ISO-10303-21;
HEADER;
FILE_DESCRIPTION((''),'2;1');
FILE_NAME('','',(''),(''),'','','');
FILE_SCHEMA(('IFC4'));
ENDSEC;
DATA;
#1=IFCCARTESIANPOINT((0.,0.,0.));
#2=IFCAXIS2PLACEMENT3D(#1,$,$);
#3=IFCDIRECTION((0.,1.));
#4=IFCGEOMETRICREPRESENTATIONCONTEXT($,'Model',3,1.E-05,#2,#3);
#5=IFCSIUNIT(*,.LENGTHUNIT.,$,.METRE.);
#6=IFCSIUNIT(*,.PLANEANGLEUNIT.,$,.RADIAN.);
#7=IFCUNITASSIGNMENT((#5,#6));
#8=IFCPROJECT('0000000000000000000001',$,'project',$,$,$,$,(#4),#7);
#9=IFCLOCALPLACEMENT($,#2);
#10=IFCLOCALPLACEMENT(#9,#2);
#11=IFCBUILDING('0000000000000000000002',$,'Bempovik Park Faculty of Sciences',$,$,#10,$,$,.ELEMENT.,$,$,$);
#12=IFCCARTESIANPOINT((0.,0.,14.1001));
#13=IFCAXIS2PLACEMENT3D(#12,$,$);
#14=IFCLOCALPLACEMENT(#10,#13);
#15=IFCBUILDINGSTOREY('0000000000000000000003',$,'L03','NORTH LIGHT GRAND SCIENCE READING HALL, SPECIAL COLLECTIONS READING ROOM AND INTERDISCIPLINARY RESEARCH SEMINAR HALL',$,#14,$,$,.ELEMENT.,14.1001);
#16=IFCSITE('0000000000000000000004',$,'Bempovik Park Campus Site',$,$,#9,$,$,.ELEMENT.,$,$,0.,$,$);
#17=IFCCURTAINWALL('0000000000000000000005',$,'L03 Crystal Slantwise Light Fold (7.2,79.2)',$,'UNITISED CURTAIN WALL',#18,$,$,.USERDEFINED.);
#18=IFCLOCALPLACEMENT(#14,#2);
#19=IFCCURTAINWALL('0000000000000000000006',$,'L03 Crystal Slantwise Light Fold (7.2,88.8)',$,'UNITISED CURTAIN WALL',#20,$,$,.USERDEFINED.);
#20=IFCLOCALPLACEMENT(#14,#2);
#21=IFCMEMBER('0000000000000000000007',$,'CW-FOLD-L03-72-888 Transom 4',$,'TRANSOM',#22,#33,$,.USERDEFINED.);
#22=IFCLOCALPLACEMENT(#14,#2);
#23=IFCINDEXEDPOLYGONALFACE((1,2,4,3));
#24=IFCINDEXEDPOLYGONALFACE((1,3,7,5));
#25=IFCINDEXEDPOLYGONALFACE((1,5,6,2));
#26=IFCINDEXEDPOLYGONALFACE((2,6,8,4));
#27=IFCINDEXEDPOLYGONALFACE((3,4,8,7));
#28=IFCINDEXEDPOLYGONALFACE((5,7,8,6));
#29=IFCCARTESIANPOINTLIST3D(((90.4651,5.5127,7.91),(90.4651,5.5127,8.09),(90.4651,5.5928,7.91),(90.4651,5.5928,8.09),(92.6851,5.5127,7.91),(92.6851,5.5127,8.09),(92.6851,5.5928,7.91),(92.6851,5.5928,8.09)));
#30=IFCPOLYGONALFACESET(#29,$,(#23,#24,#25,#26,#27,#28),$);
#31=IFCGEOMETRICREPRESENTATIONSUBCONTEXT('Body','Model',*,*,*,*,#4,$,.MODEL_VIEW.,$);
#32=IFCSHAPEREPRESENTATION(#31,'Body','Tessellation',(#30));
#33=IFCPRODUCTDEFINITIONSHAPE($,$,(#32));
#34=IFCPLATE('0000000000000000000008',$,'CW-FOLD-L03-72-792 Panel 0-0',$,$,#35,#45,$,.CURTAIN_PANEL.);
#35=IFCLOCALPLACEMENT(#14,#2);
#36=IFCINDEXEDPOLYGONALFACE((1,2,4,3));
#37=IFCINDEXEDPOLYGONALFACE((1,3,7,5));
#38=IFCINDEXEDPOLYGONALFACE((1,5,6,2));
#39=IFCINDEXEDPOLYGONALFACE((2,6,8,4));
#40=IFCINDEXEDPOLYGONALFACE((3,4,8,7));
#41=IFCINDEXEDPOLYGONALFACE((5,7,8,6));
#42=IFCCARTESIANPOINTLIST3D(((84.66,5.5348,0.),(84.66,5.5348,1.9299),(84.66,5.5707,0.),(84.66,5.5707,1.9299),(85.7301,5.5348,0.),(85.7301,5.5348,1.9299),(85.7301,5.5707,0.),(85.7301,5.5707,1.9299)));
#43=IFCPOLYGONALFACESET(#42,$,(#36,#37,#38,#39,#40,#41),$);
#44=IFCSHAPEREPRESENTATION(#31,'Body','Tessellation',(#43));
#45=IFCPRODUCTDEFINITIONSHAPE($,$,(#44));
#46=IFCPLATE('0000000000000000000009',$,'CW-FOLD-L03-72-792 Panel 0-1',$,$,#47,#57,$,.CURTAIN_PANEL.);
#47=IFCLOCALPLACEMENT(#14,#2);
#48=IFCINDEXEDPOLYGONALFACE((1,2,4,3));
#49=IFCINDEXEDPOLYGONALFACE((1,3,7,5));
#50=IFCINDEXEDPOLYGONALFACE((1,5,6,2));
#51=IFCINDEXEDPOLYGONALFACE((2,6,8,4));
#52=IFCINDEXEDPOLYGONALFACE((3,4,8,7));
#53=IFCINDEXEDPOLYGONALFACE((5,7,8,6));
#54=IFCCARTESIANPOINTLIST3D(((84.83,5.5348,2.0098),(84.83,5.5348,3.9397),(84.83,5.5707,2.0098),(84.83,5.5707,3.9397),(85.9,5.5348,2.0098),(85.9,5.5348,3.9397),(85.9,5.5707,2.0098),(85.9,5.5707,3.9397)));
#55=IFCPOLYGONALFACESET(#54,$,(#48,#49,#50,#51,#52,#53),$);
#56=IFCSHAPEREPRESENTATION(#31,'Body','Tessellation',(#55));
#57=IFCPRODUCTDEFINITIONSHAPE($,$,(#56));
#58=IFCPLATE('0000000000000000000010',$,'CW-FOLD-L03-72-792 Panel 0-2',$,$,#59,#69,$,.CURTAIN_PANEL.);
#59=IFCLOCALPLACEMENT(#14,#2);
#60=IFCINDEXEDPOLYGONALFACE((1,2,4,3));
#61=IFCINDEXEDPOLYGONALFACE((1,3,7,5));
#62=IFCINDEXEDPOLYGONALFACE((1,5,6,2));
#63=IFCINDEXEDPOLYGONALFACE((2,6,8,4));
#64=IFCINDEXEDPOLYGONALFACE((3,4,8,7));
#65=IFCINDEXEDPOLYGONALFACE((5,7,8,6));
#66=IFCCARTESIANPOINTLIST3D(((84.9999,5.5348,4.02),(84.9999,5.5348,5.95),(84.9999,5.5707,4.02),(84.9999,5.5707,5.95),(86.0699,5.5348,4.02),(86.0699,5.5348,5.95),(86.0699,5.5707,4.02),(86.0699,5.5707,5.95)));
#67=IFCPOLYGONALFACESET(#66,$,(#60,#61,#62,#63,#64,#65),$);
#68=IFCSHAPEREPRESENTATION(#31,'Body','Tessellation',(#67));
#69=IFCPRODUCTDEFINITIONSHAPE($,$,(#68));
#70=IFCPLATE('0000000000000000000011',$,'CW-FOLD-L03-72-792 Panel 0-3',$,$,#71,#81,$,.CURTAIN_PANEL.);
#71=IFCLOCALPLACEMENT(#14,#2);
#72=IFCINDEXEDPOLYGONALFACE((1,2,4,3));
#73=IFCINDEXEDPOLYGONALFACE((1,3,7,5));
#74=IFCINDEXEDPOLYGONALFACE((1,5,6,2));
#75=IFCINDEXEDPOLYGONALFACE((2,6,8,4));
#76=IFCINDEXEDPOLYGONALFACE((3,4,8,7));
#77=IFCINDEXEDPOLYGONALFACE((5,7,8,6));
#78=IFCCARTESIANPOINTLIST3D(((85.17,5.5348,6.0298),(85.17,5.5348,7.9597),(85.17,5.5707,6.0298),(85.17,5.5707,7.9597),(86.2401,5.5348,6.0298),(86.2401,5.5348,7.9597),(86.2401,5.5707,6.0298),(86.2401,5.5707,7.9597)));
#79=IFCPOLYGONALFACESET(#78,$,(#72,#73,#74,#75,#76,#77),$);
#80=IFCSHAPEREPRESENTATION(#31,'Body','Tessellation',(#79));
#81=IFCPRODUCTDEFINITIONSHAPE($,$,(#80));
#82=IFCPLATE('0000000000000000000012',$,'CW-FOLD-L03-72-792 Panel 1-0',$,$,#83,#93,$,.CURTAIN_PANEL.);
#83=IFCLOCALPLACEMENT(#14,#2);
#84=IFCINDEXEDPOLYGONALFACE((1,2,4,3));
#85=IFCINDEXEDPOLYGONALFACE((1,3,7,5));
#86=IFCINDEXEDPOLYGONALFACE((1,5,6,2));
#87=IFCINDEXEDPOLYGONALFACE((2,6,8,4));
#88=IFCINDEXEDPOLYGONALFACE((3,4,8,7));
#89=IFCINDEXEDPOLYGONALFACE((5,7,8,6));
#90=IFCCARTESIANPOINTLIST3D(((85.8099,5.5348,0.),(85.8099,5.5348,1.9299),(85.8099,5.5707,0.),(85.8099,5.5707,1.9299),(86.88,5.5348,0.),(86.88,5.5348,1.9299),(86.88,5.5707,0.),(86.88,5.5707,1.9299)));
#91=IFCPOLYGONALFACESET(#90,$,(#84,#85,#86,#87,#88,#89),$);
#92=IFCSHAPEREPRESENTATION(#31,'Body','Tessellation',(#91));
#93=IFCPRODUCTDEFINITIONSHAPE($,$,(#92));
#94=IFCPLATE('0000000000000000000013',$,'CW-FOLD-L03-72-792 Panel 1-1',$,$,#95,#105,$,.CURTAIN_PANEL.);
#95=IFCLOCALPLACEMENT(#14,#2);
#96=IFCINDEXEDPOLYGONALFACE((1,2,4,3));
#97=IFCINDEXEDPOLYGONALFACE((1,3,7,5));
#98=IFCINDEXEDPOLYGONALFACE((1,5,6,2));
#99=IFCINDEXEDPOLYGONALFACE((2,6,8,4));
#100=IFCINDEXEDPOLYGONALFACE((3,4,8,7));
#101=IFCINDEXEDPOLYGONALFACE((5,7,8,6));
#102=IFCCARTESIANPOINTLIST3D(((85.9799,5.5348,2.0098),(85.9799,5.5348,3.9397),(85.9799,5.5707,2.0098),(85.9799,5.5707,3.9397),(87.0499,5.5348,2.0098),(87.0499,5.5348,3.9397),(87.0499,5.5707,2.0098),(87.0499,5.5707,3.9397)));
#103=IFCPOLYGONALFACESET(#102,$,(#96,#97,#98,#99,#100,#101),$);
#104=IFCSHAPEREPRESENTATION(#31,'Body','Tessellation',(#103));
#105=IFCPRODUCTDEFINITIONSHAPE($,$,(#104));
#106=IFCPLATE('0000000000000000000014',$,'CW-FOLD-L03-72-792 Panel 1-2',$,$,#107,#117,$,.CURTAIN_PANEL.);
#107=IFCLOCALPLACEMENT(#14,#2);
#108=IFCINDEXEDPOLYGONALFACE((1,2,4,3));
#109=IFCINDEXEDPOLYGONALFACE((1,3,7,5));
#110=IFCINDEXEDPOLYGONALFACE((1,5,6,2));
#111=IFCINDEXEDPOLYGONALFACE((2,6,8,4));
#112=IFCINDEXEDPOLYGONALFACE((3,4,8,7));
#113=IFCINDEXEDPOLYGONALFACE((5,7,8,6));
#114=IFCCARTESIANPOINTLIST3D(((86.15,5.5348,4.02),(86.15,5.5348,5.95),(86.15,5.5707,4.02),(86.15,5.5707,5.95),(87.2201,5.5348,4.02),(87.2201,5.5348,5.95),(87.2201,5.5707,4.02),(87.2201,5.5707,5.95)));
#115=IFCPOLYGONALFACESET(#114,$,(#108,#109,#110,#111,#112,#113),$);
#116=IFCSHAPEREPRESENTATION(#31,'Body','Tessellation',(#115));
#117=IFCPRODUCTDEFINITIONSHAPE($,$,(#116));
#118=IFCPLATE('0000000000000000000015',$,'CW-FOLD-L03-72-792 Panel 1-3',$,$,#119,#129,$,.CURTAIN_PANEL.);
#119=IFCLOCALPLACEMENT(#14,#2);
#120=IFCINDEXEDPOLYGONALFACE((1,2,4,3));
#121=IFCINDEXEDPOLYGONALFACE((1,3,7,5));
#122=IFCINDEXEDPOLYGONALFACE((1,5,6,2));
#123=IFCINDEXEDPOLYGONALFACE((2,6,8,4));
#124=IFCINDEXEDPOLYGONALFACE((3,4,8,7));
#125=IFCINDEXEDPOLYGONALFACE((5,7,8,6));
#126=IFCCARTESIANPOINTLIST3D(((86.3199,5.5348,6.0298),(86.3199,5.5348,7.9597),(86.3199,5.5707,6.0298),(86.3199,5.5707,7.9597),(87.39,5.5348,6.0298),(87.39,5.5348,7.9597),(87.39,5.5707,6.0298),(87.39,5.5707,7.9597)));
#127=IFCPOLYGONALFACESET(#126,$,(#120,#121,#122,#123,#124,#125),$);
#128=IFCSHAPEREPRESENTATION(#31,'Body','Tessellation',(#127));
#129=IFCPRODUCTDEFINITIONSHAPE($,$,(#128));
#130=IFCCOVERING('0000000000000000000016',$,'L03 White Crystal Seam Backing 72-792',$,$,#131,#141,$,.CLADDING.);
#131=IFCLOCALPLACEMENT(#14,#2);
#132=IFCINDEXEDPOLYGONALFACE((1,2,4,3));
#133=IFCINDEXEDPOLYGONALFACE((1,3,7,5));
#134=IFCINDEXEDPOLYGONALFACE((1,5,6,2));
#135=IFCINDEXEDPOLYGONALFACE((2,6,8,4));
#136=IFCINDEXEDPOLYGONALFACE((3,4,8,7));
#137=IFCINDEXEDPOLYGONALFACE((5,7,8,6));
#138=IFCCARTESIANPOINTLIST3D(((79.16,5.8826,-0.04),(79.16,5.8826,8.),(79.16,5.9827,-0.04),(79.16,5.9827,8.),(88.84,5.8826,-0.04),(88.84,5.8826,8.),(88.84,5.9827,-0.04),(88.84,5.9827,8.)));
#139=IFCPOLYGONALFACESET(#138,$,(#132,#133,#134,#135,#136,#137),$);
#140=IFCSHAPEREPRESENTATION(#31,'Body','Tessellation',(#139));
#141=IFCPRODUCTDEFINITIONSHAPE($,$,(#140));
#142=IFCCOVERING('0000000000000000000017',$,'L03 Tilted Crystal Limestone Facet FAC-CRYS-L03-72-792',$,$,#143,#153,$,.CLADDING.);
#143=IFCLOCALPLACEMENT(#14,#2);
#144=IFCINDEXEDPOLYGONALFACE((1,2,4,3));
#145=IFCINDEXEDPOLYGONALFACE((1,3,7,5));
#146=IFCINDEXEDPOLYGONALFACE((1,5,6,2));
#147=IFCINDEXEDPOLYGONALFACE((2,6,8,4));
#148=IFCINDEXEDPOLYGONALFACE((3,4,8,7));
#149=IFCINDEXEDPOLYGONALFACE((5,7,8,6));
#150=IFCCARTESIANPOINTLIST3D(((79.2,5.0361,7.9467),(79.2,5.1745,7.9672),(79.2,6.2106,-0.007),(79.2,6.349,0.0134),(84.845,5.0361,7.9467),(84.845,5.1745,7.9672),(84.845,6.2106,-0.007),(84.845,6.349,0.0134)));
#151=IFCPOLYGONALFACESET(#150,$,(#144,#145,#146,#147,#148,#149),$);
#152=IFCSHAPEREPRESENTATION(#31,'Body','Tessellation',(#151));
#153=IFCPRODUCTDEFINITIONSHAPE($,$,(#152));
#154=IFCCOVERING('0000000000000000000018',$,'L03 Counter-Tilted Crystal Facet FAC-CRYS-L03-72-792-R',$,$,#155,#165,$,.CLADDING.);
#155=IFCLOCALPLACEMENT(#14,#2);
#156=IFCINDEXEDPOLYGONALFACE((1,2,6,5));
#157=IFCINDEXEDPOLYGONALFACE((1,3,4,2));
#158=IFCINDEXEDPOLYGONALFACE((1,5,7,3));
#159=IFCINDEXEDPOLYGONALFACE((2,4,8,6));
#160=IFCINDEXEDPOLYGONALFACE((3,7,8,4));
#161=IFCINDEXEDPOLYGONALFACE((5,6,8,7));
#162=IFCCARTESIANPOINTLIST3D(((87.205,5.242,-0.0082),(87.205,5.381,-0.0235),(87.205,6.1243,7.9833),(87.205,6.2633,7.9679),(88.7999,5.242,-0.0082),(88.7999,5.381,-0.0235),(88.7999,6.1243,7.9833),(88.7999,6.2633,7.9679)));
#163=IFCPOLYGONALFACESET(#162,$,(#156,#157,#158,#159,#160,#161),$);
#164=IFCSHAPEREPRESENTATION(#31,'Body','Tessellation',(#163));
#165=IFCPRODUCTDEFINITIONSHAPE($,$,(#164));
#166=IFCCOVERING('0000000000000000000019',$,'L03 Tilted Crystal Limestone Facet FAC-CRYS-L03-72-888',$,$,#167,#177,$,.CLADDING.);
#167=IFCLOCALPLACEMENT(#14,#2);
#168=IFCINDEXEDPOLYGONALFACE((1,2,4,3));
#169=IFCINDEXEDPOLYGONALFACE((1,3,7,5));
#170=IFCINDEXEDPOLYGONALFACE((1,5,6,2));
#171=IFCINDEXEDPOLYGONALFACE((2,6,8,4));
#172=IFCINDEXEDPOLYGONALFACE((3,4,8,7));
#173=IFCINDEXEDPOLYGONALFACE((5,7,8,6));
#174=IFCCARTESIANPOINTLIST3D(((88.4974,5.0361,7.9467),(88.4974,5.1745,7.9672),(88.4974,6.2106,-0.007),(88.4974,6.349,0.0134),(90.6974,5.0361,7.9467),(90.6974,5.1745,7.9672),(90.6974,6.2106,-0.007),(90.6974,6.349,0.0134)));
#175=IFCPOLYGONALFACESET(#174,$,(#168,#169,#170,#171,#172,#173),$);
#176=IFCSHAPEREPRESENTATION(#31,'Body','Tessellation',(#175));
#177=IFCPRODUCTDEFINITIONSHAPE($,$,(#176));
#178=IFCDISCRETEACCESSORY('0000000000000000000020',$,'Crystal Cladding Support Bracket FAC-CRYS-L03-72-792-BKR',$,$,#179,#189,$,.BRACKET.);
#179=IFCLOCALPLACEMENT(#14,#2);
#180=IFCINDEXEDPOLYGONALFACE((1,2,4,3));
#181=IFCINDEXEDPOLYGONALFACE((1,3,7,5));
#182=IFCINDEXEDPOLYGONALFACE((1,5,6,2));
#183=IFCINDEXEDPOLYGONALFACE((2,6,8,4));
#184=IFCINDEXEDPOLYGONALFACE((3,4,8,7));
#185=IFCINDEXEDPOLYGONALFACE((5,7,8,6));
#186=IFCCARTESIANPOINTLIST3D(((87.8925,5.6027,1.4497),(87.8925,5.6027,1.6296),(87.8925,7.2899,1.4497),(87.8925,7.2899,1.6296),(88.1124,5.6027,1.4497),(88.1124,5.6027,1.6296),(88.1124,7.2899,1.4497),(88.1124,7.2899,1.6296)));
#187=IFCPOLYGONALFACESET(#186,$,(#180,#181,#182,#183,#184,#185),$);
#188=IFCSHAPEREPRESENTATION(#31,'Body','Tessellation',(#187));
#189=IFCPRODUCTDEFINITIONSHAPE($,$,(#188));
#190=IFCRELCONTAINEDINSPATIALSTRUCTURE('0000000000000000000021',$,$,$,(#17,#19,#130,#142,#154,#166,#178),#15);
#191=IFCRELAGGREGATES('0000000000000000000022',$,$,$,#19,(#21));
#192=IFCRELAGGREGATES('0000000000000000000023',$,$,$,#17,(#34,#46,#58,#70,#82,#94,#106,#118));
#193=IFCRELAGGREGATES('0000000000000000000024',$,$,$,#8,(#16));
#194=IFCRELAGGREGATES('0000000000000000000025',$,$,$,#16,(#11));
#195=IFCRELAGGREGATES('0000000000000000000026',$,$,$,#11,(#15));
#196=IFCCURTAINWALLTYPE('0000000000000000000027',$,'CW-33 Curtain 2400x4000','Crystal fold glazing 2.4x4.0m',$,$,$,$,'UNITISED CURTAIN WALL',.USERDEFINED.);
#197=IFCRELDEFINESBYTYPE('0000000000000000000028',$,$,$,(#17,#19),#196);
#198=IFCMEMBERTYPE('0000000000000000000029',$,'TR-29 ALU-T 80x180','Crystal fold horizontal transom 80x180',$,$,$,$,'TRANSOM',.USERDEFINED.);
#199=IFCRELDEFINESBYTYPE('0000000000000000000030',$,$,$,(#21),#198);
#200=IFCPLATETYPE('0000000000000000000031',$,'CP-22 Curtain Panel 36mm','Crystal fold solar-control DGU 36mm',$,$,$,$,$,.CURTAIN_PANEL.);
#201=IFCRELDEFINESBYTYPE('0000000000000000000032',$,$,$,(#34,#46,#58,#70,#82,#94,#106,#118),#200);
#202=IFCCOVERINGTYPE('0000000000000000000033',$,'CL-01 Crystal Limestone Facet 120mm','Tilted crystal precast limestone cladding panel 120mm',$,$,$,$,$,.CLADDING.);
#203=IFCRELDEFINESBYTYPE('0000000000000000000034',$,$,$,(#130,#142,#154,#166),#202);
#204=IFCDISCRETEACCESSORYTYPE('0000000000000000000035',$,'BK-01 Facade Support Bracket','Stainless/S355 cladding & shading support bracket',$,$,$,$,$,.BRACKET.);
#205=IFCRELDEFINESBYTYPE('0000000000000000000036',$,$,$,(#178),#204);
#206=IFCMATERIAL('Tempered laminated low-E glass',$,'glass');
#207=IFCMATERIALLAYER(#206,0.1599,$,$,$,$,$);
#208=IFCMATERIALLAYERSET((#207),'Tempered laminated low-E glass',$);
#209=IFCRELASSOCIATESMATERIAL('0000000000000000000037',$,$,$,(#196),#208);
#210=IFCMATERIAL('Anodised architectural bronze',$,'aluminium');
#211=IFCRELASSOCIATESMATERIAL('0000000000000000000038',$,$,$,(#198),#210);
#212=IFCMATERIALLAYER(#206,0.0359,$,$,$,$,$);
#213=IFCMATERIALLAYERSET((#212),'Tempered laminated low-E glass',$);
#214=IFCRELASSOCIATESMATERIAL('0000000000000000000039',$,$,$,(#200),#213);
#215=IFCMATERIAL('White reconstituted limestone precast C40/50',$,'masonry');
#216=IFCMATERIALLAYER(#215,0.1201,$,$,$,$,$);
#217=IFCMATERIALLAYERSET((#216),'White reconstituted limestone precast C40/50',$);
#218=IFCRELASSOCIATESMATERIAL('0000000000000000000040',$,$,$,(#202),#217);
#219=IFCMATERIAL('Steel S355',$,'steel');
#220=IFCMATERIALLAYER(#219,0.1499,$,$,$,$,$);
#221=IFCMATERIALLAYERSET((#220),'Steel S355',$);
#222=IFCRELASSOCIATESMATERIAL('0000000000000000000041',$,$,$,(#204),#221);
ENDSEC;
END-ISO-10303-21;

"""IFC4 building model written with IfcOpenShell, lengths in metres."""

from ifc_helpers import new_model, si_unit, direction, frame, origin, origin_2d, place, context, subcontext, project, spatial, rectangle, extrude, material, layer, layer_set, material_profile, profile_set, type_object, element, aggregate, save


model = new_model("IFC4")

# Units and contexts
model_context = context("Model", 3, precision=1e-05, world=origin(), true_north=direction((0.0, 1.0)))
body_context = subcontext(model_context, "Body", "Model", "MODEL_VIEW")
ifc_project = project(units=[si_unit("LENGTHUNIT", "METRE"), si_unit("PLANEANGLEUNIT", "RADIAN")], contexts=[model_context])

# Site, building, storey
site_placement = place(None, origin())
site = spatial("IfcSite", under=ifc_project, at=site_placement, Name="Bempovik Park Campus Site", CompositionType="ELEMENT", RefElevation=0.0)
building_placement = place(site_placement, origin())
building = spatial("IfcBuilding", under=site, at=building_placement, Name="Bempovik Park Faculty of Sciences", CompositionType="ELEMENT")
storey_placement = place(building_placement, frame((0.0, 0.0, 14.1001)))
storey = spatial("IfcBuildingStorey", under=building, at=storey_placement, Name="L03", Description="NORTH LIGHT GRAND SCIENCE READING HALL, SPECIAL COLLECTIONS READING ROOM AND INTERDISCIPLINARY RESEARCH SEMINAR HALL", CompositionType="ELEMENT", Elevation=14.1001)

# Shared definitions
ifc_material_1 = material(Name="Steel S355", Category="steel")

# Curtain wall
ifc_material_2 = material(Name="Tempered laminated low-E glass", Category="glass")
ifc_layer_1 = layer(ifc_material_2, 0.1599)
ifc_layer_set_1 = layer_set([ifc_layer_1], Name="Tempered laminated low-E glass")
curtain_wall_type = type_object("IfcCurtainWallType", Name="CW-33 Curtain 2400x4000", Description="Crystal fold glazing 2.4x4.0m", ElementType="UNITISED CURTAIN WALL", PredefinedType="USERDEFINED", material=ifc_layer_set_1)
curtain_wall_1_placement = place(storey_placement, origin())
curtain_wall_1 = element("IfcCurtainWall", 1, at=curtain_wall_1_placement, inside=storey, type_object=curtain_wall_type, Name="L03 Crystal Slantwise Light Fold (7.2,79.2)", ObjectType="UNITISED CURTAIN WALL", PredefinedType="USERDEFINED")
ifc_material_3 = material(Name="Anodised architectural bronze", Category="aluminium")

# Curtain wall
curtain_wall_2_placement = place(storey_placement, origin())
curtain_wall_2 = element("IfcCurtainWall", 2, at=curtain_wall_2_placement, inside=storey, type_object=curtain_wall_type, Name="L03 Crystal Slantwise Light Fold (7.2,88.8)", ObjectType="UNITISED CURTAIN WALL", PredefinedType="USERDEFINED")

# Member
ifc_material_profile_1 = material_profile(ifc_material_3, rectangle(XDim=0.0801, YDim=0.1799, at=origin_2d()), Name="ALU-T 80x180")
ifc_profile_set_1 = profile_set([ifc_material_profile_1], Name="Anodised architectural bronze")
member_type_1 = type_object("IfcMemberType", Name="TR-29 ALU-T 80x180", Description="Crystal fold horizontal transom 80x180", ElementType="TRANSOM", PredefinedType="USERDEFINED", material=ifc_profile_set_1)
member_1_placement = place(storey_placement, frame((90.4651, 5.5527, 8.0), z_axis=(1.0, 0.0, 0.0), x_axis=(0.0, 1.0, 0.0)))
member_1 = element("IfcMember", 3, at=member_1_placement, type_object=member_type_1, Name="CW-FOLD-L03-72-888 Transom 4", ObjectType="TRANSOM", PredefinedType="USERDEFINED", context=body_context, shape_type="SweptSolid", body=[
    extrude(rectangle(XDim=0.0801, YDim=0.1799, at=origin_2d()), origin(), (0.0, 0.0, 1.0), 2.22),
])
aggregate(curtain_wall_2, [member_1])

# Plates
ifc_layer_2 = layer(ifc_material_2, 0.0359)
ifc_layer_set_2 = layer_set([ifc_layer_2], Name="Tempered laminated low-E glass")
plate_type = type_object("IfcPlateType", Name="CP-22 Curtain Panel 36mm", Description="Crystal fold solar-control DGU 36mm", PredefinedType="CURTAIN_PANEL", material=ifc_layer_set_2)
plate_1_placement = place(storey_placement, frame((85.1951, 5.5527, 0.0), z_axis=(0.0, 0.0, 1.0), x_axis=(1.0, 0.0, 0.0)))
plate_1 = element("IfcPlate", 4, at=plate_1_placement, type_object=plate_type, Name="CW-FOLD-L03-72-792 Panel 0-0", PredefinedType="CURTAIN_PANEL", context=body_context, shape_type="SweptSolid", body=[
    extrude(rectangle(XDim=1.0701, YDim=0.0359, at=origin_2d()), origin(), (0.0, 0.0, 1.0), 1.9299),
])
plate_2_placement = place(storey_placement, frame((85.365, 5.5527, 2.0098), z_axis=(0.0, 0.0, 1.0), x_axis=(1.0, 0.0, 0.0)))
plate_2 = element("IfcPlate", 5, at=plate_2_placement, type_object=plate_type, Name="CW-FOLD-L03-72-792 Panel 0-1", PredefinedType="CURTAIN_PANEL", context=body_context, shape_type="SweptSolid", body=[
    extrude(rectangle(XDim=1.0701, YDim=0.0359, at=origin_2d()), origin(), (0.0, 0.0, 1.0), 1.9299),
])
plate_3_placement = place(storey_placement, frame((85.5349, 5.5527, 4.02), z_axis=(0.0, 0.0, 1.0), x_axis=(1.0, 0.0, 0.0)))
plate_3 = element("IfcPlate", 6, at=plate_3_placement, type_object=plate_type, Name="CW-FOLD-L03-72-792 Panel 0-2", PredefinedType="CURTAIN_PANEL", context=body_context, shape_type="SweptSolid", body=[
    extrude(rectangle(XDim=1.0701, YDim=0.0359, at=origin_2d()), origin(), (0.0, 0.0, 1.0), 1.9299),
])
plate_4_placement = place(storey_placement, frame((85.7051, 5.5527, 6.0298), z_axis=(0.0, 0.0, 1.0), x_axis=(1.0, 0.0, 0.0)))
plate_4 = element("IfcPlate", 7, at=plate_4_placement, type_object=plate_type, Name="CW-FOLD-L03-72-792 Panel 0-3", PredefinedType="CURTAIN_PANEL", context=body_context, shape_type="SweptSolid", body=[
    extrude(rectangle(XDim=1.0701, YDim=0.0359, at=origin_2d()), origin(), (0.0, 0.0, 1.0), 1.9299),
])
plate_5_placement = place(storey_placement, frame((86.345, 5.5527, 0.0), z_axis=(0.0, 0.0, 1.0), x_axis=(1.0, 0.0, 0.0)))
plate_5 = element("IfcPlate", 8, at=plate_5_placement, type_object=plate_type, Name="CW-FOLD-L03-72-792 Panel 1-0", PredefinedType="CURTAIN_PANEL", context=body_context, shape_type="SweptSolid", body=[
    extrude(rectangle(XDim=1.0701, YDim=0.0359, at=origin_2d()), origin(), (0.0, 0.0, 1.0), 1.9299),
])
plate_6_placement = place(storey_placement, frame((86.5149, 5.5527, 2.0098), z_axis=(0.0, 0.0, 1.0), x_axis=(1.0, 0.0, 0.0)))
plate_6 = element("IfcPlate", 9, at=plate_6_placement, type_object=plate_type, Name="CW-FOLD-L03-72-792 Panel 1-1", PredefinedType="CURTAIN_PANEL", context=body_context, shape_type="SweptSolid", body=[
    extrude(rectangle(XDim=1.0701, YDim=0.0359, at=origin_2d()), origin(), (0.0, 0.0, 1.0), 1.9299),
])
plate_7_placement = place(storey_placement, frame((86.6851, 5.5527, 4.02), z_axis=(0.0, 0.0, 1.0), x_axis=(1.0, 0.0, 0.0)))
plate_7 = element("IfcPlate", 10, at=plate_7_placement, type_object=plate_type, Name="CW-FOLD-L03-72-792 Panel 1-2", PredefinedType="CURTAIN_PANEL", context=body_context, shape_type="SweptSolid", body=[
    extrude(rectangle(XDim=1.0701, YDim=0.0359, at=origin_2d()), origin(), (0.0, 0.0, 1.0), 1.9299),
])
plate_8_placement = place(storey_placement, frame((86.855, 5.5527, 6.0298), z_axis=(0.0, 0.0, 1.0), x_axis=(1.0, 0.0, 0.0)))
plate_8 = element("IfcPlate", 11, at=plate_8_placement, type_object=plate_type, Name="CW-FOLD-L03-72-792 Panel 1-3", PredefinedType="CURTAIN_PANEL", context=body_context, shape_type="SweptSolid", body=[
    extrude(rectangle(XDim=1.0701, YDim=0.0359, at=origin_2d()), origin(), (0.0, 0.0, 1.0), 1.9299),
])
aggregate(curtain_wall_1, [plate_1, plate_2, plate_3, plate_4, plate_5, plate_6, plate_7, plate_8])

# Coverings
ifc_material_4 = material(Name="White reconstituted limestone precast C40/50", Category="masonry")
ifc_layer_3 = layer(ifc_material_4, 0.1201)
ifc_layer_set_3 = layer_set([ifc_layer_3], Name="White reconstituted limestone precast C40/50")
covering_type = type_object("IfcCoveringType", Name="CL-01 Crystal Limestone Facet 120mm", Description="Tilted crystal precast limestone cladding panel 120mm", PredefinedType="CLADDING", material=ifc_layer_set_3)
covering_1_placement = place(storey_placement, frame((84.0, 5.9326, -0.04), z_axis=(0.0, 0.0, 1.0), x_axis=(1.0, 0.0, 0.0)))
element("IfcCovering", 12, at=covering_1_placement, inside=storey, type_object=covering_type, Name="L03 White Crystal Seam Backing 72-792", PredefinedType="CLADDING", context=body_context, shape_type="SweptSolid", body=[
    extrude(rectangle(XDim=9.6799, YDim=0.1001, at=origin_2d()), origin(), (0.0, 0.0, 1.0), 8.04),
])
covering_2_placement = place(storey_placement, frame((82.0225, 6.2798, 0.0032), z_axis=(0.0, -0.146083, 0.989272), x_axis=(1.0, 0.0, 0.0)))
element("IfcCovering", 13, at=covering_2_placement, inside=storey, type_object=covering_type, Name="L03 Tilted Crystal Limestone Facet FAC-CRYS-L03-72-792", PredefinedType="CLADDING", context=body_context, shape_type="SweptSolid", body=[
    extrude(rectangle(XDim=5.645, YDim=0.1399, at=origin_2d()), origin(), (0.0, 0.0, 1.0), 8.04),
])
covering_3_placement = place(storey_placement, frame((88.0024, 5.3115, -0.0159), z_axis=(0.0, 0.109734, 0.993961), x_axis=(1.0, 0.0, 0.0)))
element("IfcCovering", 14, at=covering_3_placement, inside=storey, type_object=covering_type, Name="L03 Counter-Tilted Crystal Facet FAC-CRYS-L03-72-792-R", PredefinedType="CLADDING", context=body_context, shape_type="SweptSolid", body=[
    extrude(rectangle(XDim=1.595, YDim=0.1399, at=origin_2d()), origin(), (0.0, 0.0, 1.0), 8.04),
])
covering_4_placement = place(storey_placement, frame((89.5974, 6.2798, 0.0032), z_axis=(0.0, -0.146083, 0.989272), x_axis=(1.0, 0.0, 0.0)))
element("IfcCovering", 15, at=covering_4_placement, inside=storey, type_object=covering_type, Name="L03 Tilted Crystal Limestone Facet FAC-CRYS-L03-72-888", PredefinedType="CLADDING", context=body_context, shape_type="SweptSolid", body=[
    extrude(rectangle(XDim=2.2, YDim=0.1399, at=origin_2d()), origin(), (0.0, 0.0, 1.0), 8.04),
])

# Discrete accessory
ifc_layer_4 = layer(ifc_material_1, 0.1499)
ifc_layer_set_4 = layer_set([ifc_layer_4], Name="Steel S355")
discrete_accessory_type = type_object("IfcDiscreteAccessoryType", Name="BK-01 Facade Support Bracket", Description="Stainless/S355 cladding & shading support bracket", PredefinedType="BRACKET", material=ifc_layer_set_4)
discrete_accessory_1_placement = place(storey_placement, frame((88.0024, 6.4463, 1.4497), z_axis=(0.0, 0.0, 1.0), x_axis=(1.0, 0.0, 0.0)))
element("IfcDiscreteAccessory", 16, at=discrete_accessory_1_placement, inside=storey, type_object=discrete_accessory_type, Name="Crystal Cladding Support Bracket FAC-CRYS-L03-72-792-BKR", PredefinedType="BRACKET", context=body_context, shape_type="SweptSolid", body=[
    extrude(rectangle(XDim=0.22, YDim=1.6873, at=origin_2d()), origin(), (0.0, 0.0, 1.0), 0.1799),
])

save(model, "model.ifc")
